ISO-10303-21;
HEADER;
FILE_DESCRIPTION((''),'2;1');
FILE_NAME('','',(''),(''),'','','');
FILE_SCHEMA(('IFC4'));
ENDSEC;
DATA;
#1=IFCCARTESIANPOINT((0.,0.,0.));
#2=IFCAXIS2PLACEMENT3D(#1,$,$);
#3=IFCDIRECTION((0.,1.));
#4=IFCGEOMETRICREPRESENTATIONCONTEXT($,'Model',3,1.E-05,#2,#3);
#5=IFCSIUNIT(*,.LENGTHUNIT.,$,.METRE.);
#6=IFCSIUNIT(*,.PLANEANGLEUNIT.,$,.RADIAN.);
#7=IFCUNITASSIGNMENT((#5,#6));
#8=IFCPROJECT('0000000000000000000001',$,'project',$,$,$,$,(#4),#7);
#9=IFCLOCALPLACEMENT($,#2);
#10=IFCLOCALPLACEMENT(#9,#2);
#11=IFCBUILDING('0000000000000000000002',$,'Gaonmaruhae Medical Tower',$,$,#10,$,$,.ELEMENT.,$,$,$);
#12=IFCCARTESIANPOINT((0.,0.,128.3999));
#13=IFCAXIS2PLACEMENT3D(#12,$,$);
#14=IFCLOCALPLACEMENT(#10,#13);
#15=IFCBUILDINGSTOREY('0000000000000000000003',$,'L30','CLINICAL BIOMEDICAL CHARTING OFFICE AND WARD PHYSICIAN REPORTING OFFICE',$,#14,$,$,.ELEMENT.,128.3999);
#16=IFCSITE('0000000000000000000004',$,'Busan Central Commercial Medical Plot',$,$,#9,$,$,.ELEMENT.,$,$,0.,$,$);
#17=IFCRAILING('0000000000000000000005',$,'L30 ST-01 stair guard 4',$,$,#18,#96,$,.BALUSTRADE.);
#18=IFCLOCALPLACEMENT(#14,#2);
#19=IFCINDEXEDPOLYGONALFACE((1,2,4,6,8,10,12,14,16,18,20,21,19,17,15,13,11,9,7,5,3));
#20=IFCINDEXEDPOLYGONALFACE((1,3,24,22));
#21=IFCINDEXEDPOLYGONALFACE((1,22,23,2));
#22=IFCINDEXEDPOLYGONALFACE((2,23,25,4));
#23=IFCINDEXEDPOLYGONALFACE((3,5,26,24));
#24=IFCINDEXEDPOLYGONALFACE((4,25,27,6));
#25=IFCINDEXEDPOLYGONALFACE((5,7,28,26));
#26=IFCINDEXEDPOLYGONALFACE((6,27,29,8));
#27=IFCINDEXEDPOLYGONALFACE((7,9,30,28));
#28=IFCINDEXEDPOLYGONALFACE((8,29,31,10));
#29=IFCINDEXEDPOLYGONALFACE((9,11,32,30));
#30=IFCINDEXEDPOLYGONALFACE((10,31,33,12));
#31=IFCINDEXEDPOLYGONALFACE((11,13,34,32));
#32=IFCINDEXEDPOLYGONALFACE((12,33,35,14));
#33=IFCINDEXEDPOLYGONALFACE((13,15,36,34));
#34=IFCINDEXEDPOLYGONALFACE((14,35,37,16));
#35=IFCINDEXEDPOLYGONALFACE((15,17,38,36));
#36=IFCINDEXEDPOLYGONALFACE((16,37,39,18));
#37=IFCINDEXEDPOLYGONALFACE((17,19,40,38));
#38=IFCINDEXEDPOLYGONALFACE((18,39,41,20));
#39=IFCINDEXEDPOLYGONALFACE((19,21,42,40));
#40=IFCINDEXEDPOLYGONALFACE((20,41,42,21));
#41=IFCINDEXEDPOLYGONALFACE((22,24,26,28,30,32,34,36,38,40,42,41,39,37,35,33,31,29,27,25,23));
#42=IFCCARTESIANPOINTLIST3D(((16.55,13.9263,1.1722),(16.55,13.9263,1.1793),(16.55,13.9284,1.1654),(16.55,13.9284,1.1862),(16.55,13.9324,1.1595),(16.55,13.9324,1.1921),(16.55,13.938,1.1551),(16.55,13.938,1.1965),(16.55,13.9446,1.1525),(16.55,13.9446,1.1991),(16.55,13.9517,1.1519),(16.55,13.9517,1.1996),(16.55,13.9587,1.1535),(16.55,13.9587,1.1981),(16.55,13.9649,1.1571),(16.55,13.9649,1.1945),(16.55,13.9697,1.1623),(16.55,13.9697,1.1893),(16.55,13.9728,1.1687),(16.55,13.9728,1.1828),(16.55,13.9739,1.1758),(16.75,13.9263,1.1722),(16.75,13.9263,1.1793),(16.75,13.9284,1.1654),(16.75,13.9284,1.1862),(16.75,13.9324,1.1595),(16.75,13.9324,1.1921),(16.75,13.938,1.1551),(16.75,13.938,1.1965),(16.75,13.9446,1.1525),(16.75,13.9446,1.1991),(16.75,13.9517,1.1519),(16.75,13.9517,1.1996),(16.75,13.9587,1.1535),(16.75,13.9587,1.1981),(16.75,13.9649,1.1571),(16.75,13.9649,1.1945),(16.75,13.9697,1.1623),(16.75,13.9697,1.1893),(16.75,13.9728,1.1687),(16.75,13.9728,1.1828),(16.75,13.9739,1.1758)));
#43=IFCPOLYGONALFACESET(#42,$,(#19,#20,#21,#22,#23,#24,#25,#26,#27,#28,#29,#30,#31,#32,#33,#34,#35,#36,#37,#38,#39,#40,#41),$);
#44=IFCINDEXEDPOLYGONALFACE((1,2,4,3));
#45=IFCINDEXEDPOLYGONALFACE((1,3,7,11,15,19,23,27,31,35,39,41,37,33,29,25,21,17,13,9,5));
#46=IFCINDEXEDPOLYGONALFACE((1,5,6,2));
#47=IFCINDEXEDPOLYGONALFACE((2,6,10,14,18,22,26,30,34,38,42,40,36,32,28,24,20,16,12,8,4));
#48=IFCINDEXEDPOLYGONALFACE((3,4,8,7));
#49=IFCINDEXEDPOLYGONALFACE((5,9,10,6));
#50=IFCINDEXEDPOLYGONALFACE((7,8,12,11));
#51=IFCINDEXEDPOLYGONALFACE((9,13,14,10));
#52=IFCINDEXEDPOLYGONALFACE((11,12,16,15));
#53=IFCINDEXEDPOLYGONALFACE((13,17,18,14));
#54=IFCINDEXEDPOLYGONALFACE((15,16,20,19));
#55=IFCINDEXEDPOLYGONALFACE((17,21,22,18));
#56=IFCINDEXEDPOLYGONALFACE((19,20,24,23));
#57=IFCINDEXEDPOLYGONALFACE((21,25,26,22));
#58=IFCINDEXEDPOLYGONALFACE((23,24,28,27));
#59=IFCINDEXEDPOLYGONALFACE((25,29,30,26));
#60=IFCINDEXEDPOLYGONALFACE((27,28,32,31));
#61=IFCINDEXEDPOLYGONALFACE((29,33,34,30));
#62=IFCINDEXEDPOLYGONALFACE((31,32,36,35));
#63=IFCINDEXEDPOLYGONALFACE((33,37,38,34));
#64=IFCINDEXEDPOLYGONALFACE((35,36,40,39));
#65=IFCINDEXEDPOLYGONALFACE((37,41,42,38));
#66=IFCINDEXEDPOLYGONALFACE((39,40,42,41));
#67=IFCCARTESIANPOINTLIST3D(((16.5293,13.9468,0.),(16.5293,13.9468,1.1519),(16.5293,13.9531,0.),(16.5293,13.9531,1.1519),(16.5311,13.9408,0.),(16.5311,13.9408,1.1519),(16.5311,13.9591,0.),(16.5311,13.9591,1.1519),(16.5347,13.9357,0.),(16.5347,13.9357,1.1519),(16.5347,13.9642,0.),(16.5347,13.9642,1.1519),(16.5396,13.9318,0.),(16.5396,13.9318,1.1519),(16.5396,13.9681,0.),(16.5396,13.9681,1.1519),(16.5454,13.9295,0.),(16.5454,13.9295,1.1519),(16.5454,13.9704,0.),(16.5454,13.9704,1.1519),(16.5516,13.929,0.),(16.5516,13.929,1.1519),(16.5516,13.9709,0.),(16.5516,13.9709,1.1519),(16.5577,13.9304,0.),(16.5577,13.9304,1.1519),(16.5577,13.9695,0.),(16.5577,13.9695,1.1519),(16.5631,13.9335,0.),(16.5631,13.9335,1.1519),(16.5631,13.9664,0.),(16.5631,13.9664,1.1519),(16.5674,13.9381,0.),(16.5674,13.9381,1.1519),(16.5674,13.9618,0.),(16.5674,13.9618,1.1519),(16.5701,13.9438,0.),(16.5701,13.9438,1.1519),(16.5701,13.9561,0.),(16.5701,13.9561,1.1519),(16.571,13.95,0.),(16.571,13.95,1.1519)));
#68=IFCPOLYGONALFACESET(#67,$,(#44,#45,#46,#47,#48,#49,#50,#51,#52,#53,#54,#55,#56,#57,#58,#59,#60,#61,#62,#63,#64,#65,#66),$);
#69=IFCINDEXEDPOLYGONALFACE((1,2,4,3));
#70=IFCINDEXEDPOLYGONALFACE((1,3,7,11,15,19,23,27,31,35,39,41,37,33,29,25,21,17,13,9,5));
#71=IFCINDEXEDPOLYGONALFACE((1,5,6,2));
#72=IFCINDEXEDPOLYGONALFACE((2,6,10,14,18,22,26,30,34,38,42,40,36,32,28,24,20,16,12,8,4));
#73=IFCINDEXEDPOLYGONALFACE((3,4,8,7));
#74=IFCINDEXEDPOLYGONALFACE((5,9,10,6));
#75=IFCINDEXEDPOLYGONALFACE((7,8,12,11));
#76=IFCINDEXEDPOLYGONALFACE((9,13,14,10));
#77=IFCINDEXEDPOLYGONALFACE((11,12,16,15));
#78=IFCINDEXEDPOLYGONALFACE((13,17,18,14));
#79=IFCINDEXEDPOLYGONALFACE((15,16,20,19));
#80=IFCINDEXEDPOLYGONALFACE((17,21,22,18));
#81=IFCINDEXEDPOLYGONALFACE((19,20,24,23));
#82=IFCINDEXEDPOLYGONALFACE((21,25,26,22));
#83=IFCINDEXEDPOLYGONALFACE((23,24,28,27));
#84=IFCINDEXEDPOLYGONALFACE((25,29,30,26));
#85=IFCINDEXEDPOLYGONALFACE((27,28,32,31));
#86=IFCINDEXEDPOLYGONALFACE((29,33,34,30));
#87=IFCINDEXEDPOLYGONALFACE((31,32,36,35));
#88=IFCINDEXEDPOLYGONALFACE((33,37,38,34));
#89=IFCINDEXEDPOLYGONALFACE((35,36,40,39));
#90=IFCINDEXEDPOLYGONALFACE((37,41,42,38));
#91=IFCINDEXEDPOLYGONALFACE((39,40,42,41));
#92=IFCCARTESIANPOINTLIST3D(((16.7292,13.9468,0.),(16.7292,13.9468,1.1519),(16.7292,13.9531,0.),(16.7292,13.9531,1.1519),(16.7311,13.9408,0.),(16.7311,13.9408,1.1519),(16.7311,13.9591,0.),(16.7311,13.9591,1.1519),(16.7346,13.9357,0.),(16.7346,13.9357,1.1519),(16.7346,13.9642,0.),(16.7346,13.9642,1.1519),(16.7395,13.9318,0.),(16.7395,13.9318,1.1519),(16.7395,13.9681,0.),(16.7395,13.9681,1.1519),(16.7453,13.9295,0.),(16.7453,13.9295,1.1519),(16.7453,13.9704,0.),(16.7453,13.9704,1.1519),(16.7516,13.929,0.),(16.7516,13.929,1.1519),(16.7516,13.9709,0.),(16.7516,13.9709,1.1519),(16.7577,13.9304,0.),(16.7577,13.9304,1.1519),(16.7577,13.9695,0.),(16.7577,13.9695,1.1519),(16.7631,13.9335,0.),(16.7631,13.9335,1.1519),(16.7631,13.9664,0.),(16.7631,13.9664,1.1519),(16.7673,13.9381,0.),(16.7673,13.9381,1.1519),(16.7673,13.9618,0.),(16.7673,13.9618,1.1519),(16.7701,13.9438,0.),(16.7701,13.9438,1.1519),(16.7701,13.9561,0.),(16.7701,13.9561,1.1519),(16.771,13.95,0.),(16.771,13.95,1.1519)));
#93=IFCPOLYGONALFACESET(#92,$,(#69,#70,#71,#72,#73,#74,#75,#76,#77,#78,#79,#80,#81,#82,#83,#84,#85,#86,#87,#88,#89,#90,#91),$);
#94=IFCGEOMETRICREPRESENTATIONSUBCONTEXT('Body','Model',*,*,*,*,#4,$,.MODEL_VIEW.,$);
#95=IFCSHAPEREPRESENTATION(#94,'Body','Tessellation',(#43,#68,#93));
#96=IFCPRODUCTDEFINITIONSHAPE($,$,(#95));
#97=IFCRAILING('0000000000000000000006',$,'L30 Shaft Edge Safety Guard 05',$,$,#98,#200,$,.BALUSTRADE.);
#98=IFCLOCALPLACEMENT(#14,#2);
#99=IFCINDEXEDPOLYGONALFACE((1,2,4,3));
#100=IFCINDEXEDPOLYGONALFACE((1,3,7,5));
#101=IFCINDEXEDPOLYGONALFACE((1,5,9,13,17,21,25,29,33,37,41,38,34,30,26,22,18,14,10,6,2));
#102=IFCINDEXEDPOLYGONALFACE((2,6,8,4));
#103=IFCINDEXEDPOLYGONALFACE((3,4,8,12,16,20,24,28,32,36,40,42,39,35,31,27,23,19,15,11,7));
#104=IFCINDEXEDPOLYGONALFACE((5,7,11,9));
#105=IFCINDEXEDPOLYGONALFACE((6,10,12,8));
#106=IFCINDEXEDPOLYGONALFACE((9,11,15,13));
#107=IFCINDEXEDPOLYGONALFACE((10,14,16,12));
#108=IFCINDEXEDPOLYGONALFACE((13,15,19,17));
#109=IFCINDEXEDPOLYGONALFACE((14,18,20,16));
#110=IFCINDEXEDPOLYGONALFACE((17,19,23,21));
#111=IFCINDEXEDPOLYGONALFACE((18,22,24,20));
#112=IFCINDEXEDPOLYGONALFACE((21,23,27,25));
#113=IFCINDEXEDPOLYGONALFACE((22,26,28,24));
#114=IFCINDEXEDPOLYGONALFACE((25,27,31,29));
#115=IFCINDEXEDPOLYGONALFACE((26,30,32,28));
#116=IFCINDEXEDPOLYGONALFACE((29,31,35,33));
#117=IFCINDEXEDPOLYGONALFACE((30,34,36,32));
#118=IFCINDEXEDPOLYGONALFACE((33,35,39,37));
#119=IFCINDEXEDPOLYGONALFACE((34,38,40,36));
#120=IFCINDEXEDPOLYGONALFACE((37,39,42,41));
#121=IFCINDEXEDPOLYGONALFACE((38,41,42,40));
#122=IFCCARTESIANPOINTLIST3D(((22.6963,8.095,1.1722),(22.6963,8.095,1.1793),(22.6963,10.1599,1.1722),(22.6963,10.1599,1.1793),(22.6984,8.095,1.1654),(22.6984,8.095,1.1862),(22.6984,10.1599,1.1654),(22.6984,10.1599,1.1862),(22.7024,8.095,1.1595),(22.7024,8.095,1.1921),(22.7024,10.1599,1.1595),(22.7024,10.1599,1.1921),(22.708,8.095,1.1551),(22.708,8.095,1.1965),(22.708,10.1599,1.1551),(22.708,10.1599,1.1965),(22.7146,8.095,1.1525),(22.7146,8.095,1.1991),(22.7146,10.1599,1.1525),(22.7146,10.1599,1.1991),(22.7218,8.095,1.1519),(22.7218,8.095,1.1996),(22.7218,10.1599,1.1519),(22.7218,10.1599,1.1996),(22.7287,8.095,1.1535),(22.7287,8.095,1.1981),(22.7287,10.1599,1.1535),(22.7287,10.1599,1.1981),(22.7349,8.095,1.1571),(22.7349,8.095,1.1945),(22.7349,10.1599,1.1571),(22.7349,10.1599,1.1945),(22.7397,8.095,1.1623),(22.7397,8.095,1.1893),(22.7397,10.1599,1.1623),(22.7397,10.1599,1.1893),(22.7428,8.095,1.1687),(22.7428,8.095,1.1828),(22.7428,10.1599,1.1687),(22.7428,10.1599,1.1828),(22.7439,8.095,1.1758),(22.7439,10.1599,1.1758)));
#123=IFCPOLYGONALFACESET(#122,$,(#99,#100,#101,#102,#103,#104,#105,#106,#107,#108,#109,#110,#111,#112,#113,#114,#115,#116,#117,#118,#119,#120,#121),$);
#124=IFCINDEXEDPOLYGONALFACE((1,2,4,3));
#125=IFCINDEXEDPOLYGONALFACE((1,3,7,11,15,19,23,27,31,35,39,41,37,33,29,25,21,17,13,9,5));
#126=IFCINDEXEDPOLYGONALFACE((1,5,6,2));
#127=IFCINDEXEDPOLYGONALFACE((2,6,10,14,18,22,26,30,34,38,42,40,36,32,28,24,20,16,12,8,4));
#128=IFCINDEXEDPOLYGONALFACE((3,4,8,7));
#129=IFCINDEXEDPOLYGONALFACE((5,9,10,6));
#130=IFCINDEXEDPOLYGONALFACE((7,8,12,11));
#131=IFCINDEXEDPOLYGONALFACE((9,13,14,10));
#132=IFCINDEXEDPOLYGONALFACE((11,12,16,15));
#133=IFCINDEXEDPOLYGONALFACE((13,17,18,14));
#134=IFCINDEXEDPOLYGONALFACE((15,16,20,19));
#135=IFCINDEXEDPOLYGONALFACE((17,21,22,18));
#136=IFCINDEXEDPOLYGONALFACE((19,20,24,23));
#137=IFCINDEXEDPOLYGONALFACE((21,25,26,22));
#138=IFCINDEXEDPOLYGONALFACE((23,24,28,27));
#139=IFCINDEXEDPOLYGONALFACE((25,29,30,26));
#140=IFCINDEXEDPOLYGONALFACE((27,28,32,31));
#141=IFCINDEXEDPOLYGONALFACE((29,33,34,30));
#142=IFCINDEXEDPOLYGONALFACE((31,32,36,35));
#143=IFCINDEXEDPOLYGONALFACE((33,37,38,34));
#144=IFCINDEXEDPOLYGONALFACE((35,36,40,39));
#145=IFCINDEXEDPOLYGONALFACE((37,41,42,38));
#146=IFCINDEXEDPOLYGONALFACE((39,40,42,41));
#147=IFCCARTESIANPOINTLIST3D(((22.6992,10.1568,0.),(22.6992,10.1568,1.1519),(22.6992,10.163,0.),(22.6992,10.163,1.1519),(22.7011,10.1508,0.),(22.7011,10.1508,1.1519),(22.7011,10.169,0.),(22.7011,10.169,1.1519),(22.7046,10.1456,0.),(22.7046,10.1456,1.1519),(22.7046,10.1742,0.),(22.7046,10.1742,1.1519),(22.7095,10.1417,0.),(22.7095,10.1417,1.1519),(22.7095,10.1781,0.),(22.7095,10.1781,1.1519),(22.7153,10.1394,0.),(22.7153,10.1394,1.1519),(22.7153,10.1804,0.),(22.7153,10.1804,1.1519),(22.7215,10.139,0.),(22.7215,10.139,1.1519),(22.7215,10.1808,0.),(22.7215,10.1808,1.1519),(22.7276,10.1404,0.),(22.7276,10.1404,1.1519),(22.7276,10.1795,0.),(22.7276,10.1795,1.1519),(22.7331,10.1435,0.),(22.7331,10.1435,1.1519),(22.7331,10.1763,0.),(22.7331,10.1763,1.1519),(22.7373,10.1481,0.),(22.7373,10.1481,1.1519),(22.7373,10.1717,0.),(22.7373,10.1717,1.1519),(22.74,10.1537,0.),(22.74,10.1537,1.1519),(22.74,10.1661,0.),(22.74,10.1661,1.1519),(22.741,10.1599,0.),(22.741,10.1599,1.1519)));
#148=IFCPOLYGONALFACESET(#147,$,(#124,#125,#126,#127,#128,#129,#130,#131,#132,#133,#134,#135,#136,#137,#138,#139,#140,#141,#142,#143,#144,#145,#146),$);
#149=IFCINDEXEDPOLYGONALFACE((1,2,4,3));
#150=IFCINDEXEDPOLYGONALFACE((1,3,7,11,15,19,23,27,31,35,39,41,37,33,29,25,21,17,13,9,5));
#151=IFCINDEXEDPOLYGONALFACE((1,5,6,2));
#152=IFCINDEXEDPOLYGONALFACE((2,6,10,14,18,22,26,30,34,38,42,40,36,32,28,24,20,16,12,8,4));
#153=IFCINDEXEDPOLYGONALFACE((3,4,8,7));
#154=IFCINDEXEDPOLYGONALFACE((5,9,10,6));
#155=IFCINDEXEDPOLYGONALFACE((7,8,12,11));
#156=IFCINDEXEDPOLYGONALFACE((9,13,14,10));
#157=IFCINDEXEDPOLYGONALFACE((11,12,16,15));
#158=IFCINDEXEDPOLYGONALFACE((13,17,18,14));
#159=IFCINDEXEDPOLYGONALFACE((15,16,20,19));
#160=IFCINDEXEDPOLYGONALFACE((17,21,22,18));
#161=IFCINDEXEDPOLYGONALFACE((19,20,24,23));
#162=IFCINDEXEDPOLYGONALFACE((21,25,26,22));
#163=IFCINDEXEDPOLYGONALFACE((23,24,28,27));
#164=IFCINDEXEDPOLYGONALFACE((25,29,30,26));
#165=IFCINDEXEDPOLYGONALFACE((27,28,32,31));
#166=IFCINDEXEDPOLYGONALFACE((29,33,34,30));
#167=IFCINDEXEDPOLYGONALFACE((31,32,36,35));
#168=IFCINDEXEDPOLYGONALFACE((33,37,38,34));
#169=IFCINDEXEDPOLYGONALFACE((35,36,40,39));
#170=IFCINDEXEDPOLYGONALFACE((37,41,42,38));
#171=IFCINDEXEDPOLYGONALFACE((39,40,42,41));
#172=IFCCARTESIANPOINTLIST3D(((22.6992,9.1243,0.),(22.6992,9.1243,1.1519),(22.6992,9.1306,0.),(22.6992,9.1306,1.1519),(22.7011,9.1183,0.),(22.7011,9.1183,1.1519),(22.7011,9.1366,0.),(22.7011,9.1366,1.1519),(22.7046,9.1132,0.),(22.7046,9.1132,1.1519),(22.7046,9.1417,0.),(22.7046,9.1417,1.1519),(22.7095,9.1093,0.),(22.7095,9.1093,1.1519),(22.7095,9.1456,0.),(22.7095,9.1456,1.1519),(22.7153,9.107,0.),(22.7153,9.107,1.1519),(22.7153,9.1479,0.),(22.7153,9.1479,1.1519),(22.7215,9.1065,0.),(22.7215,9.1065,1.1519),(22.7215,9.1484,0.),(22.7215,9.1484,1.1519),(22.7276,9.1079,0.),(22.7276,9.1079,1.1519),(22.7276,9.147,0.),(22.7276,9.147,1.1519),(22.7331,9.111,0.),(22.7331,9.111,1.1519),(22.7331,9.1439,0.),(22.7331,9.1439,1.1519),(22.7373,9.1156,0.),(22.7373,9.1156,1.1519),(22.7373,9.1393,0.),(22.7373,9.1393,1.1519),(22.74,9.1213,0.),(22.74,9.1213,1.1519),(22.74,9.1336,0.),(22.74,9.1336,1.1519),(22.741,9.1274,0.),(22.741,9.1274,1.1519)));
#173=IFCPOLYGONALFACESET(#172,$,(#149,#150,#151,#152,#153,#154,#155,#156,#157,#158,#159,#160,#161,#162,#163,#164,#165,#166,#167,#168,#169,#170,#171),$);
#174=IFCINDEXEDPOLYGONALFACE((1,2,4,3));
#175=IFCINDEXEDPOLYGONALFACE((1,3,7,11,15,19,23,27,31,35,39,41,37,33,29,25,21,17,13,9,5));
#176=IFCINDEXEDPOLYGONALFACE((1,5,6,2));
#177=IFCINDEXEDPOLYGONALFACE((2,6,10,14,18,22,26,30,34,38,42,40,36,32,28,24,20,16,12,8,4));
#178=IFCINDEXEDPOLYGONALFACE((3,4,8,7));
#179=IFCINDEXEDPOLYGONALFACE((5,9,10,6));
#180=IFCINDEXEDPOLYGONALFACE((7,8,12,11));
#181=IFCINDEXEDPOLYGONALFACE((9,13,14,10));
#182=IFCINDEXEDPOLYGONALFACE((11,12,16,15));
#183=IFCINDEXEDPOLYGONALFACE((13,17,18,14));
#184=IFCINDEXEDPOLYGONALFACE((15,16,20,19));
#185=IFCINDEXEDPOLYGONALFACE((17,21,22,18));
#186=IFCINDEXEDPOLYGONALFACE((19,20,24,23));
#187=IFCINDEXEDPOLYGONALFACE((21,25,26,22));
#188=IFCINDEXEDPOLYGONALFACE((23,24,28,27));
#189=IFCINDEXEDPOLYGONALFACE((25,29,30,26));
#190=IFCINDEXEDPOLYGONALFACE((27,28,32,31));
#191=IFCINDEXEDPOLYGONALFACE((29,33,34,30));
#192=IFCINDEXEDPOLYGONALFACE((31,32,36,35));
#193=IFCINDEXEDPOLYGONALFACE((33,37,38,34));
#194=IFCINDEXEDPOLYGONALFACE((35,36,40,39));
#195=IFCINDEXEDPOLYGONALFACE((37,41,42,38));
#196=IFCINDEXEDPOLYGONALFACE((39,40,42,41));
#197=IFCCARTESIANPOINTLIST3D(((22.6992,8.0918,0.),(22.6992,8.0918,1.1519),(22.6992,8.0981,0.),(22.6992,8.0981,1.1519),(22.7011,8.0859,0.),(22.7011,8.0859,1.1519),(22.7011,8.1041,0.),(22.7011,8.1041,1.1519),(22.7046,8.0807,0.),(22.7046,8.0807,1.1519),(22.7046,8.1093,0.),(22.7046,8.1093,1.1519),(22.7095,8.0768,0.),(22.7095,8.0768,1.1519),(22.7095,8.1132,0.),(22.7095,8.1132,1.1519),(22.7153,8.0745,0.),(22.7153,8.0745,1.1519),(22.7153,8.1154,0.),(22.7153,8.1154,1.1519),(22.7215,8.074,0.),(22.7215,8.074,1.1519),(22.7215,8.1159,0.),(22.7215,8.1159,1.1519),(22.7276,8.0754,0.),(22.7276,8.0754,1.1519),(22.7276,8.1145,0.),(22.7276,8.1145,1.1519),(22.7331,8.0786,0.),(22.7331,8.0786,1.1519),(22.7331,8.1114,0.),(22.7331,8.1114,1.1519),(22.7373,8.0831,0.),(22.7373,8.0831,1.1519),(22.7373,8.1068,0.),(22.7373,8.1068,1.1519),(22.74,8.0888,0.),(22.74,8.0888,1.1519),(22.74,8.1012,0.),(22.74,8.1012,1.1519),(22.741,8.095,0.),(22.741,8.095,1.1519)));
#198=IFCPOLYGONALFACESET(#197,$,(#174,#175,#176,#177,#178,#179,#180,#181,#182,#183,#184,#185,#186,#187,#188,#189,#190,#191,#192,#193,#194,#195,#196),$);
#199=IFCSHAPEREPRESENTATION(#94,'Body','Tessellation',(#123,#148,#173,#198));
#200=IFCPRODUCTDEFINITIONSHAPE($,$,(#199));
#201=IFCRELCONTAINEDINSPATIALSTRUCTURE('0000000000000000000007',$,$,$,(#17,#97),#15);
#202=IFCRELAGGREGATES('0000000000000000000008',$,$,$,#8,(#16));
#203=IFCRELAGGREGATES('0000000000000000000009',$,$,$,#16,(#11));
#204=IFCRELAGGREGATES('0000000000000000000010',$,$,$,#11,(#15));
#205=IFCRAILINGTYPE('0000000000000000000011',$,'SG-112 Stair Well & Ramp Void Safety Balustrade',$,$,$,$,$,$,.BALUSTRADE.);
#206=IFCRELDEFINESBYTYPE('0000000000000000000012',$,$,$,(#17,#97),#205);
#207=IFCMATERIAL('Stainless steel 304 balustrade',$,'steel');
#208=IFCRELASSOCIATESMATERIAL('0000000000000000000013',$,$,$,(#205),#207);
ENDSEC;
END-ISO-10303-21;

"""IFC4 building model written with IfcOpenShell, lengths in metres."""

from ifc_helpers import new_model, si_unit, direction, frame, origin, origin_2d, place, context, subcontext, project, spatial, circle, extrude, material, type_object, element, save


model = new_model("IFC4")

# Units and contexts
model_context = context("Model", 3, precision=1e-05, world=origin(), true_north=direction((0.0, 1.0)))
body_context = subcontext(model_context, "Body", "Model", "MODEL_VIEW")
ifc_project = project(units=[si_unit("LENGTHUNIT", "METRE"), si_unit("PLANEANGLEUNIT", "RADIAN")], contexts=[model_context])

# Site, building, storey
site_placement = place(None, origin())
site = spatial("IfcSite", under=ifc_project, at=site_placement, Name="Busan Central Commercial Medical Plot", CompositionType="ELEMENT", RefElevation=0.0)
building_placement = place(site_placement, origin())
building = spatial("IfcBuilding", under=site, at=building_placement, Name="Gaonmaruhae Medical Tower", CompositionType="ELEMENT")
storey_placement = place(building_placement, frame((0.0, 0.0, 128.3999)))
storey = spatial("IfcBuildingStorey", under=building, at=storey_placement, Name="L30", Description="CLINICAL BIOMEDICAL CHARTING OFFICE AND WARD PHYSICIAN REPORTING OFFICE", CompositionType="ELEMENT", Elevation=128.3999)

# Railings
ifc_material_1 = material(Name="Stainless steel 304 balustrade", Category="steel")
railing_type_1 = type_object("IfcRailingType", Name="SG-112 Stair Well & Ramp Void Safety Balustrade", PredefinedType="BALUSTRADE", material=ifc_material_1)
railing_1_placement = place(storey_placement, frame((16.55, 13.95, 0.0)))
element("IfcRailing", 1, at=railing_1_placement, inside=storey, type_object=railing_type_1, Name="L30 ST-01 stair guard 4", PredefinedType="BALUSTRADE", context=body_context, shape_type="SweptSolid", body=[
    extrude(circle(Radius=0.0239, at=origin_2d()), frame((0.0, 0.0, 1.1758), z_axis=(1.0, 0.0, 0.0), x_axis=(0.0, 1.0, 0.0)), (0.0, 0.0, 1.0), 0.2),
    extrude(circle(Radius=0.021, at=origin_2d()), origin(), (0.0, 0.0, 1.0), 1.1519),
    extrude(circle(Radius=0.021, at=origin_2d()), frame((0.2, 0.0, 0.0)), (0.0, 0.0, 1.0), 1.1519),
])
railing_2_placement = place(storey_placement, frame((22.72, 10.1599, 0.0)))
element("IfcRailing", 2, at=railing_2_placement, inside=storey, type_object=railing_type_1, Name="L30 Shaft Edge Safety Guard 05", PredefinedType="BALUSTRADE", context=body_context, shape_type="SweptSolid", body=[
    extrude(circle(Radius=0.0239, at=origin_2d()), frame((0.0, 0.0, 1.1758), z_axis=(0.0, -1.0, 0.0), x_axis=(1.0, 0.0, 0.0)), (0.0, 0.0, 1.0), 2.0649),
    extrude(circle(Radius=0.021, at=origin_2d()), origin(), (0.0, 0.0, 1.0), 1.1519),
    extrude(circle(Radius=0.021, at=origin_2d()), frame((0.0, -1.0325, 0.0)), (0.0, 0.0, 1.0), 1.1519),
    extrude(circle(Radius=0.021, at=origin_2d()), frame((0.0, -2.0649, 0.0)), (0.0, 0.0, 1.0), 1.1519),
])

save(model, "model.ifc")
